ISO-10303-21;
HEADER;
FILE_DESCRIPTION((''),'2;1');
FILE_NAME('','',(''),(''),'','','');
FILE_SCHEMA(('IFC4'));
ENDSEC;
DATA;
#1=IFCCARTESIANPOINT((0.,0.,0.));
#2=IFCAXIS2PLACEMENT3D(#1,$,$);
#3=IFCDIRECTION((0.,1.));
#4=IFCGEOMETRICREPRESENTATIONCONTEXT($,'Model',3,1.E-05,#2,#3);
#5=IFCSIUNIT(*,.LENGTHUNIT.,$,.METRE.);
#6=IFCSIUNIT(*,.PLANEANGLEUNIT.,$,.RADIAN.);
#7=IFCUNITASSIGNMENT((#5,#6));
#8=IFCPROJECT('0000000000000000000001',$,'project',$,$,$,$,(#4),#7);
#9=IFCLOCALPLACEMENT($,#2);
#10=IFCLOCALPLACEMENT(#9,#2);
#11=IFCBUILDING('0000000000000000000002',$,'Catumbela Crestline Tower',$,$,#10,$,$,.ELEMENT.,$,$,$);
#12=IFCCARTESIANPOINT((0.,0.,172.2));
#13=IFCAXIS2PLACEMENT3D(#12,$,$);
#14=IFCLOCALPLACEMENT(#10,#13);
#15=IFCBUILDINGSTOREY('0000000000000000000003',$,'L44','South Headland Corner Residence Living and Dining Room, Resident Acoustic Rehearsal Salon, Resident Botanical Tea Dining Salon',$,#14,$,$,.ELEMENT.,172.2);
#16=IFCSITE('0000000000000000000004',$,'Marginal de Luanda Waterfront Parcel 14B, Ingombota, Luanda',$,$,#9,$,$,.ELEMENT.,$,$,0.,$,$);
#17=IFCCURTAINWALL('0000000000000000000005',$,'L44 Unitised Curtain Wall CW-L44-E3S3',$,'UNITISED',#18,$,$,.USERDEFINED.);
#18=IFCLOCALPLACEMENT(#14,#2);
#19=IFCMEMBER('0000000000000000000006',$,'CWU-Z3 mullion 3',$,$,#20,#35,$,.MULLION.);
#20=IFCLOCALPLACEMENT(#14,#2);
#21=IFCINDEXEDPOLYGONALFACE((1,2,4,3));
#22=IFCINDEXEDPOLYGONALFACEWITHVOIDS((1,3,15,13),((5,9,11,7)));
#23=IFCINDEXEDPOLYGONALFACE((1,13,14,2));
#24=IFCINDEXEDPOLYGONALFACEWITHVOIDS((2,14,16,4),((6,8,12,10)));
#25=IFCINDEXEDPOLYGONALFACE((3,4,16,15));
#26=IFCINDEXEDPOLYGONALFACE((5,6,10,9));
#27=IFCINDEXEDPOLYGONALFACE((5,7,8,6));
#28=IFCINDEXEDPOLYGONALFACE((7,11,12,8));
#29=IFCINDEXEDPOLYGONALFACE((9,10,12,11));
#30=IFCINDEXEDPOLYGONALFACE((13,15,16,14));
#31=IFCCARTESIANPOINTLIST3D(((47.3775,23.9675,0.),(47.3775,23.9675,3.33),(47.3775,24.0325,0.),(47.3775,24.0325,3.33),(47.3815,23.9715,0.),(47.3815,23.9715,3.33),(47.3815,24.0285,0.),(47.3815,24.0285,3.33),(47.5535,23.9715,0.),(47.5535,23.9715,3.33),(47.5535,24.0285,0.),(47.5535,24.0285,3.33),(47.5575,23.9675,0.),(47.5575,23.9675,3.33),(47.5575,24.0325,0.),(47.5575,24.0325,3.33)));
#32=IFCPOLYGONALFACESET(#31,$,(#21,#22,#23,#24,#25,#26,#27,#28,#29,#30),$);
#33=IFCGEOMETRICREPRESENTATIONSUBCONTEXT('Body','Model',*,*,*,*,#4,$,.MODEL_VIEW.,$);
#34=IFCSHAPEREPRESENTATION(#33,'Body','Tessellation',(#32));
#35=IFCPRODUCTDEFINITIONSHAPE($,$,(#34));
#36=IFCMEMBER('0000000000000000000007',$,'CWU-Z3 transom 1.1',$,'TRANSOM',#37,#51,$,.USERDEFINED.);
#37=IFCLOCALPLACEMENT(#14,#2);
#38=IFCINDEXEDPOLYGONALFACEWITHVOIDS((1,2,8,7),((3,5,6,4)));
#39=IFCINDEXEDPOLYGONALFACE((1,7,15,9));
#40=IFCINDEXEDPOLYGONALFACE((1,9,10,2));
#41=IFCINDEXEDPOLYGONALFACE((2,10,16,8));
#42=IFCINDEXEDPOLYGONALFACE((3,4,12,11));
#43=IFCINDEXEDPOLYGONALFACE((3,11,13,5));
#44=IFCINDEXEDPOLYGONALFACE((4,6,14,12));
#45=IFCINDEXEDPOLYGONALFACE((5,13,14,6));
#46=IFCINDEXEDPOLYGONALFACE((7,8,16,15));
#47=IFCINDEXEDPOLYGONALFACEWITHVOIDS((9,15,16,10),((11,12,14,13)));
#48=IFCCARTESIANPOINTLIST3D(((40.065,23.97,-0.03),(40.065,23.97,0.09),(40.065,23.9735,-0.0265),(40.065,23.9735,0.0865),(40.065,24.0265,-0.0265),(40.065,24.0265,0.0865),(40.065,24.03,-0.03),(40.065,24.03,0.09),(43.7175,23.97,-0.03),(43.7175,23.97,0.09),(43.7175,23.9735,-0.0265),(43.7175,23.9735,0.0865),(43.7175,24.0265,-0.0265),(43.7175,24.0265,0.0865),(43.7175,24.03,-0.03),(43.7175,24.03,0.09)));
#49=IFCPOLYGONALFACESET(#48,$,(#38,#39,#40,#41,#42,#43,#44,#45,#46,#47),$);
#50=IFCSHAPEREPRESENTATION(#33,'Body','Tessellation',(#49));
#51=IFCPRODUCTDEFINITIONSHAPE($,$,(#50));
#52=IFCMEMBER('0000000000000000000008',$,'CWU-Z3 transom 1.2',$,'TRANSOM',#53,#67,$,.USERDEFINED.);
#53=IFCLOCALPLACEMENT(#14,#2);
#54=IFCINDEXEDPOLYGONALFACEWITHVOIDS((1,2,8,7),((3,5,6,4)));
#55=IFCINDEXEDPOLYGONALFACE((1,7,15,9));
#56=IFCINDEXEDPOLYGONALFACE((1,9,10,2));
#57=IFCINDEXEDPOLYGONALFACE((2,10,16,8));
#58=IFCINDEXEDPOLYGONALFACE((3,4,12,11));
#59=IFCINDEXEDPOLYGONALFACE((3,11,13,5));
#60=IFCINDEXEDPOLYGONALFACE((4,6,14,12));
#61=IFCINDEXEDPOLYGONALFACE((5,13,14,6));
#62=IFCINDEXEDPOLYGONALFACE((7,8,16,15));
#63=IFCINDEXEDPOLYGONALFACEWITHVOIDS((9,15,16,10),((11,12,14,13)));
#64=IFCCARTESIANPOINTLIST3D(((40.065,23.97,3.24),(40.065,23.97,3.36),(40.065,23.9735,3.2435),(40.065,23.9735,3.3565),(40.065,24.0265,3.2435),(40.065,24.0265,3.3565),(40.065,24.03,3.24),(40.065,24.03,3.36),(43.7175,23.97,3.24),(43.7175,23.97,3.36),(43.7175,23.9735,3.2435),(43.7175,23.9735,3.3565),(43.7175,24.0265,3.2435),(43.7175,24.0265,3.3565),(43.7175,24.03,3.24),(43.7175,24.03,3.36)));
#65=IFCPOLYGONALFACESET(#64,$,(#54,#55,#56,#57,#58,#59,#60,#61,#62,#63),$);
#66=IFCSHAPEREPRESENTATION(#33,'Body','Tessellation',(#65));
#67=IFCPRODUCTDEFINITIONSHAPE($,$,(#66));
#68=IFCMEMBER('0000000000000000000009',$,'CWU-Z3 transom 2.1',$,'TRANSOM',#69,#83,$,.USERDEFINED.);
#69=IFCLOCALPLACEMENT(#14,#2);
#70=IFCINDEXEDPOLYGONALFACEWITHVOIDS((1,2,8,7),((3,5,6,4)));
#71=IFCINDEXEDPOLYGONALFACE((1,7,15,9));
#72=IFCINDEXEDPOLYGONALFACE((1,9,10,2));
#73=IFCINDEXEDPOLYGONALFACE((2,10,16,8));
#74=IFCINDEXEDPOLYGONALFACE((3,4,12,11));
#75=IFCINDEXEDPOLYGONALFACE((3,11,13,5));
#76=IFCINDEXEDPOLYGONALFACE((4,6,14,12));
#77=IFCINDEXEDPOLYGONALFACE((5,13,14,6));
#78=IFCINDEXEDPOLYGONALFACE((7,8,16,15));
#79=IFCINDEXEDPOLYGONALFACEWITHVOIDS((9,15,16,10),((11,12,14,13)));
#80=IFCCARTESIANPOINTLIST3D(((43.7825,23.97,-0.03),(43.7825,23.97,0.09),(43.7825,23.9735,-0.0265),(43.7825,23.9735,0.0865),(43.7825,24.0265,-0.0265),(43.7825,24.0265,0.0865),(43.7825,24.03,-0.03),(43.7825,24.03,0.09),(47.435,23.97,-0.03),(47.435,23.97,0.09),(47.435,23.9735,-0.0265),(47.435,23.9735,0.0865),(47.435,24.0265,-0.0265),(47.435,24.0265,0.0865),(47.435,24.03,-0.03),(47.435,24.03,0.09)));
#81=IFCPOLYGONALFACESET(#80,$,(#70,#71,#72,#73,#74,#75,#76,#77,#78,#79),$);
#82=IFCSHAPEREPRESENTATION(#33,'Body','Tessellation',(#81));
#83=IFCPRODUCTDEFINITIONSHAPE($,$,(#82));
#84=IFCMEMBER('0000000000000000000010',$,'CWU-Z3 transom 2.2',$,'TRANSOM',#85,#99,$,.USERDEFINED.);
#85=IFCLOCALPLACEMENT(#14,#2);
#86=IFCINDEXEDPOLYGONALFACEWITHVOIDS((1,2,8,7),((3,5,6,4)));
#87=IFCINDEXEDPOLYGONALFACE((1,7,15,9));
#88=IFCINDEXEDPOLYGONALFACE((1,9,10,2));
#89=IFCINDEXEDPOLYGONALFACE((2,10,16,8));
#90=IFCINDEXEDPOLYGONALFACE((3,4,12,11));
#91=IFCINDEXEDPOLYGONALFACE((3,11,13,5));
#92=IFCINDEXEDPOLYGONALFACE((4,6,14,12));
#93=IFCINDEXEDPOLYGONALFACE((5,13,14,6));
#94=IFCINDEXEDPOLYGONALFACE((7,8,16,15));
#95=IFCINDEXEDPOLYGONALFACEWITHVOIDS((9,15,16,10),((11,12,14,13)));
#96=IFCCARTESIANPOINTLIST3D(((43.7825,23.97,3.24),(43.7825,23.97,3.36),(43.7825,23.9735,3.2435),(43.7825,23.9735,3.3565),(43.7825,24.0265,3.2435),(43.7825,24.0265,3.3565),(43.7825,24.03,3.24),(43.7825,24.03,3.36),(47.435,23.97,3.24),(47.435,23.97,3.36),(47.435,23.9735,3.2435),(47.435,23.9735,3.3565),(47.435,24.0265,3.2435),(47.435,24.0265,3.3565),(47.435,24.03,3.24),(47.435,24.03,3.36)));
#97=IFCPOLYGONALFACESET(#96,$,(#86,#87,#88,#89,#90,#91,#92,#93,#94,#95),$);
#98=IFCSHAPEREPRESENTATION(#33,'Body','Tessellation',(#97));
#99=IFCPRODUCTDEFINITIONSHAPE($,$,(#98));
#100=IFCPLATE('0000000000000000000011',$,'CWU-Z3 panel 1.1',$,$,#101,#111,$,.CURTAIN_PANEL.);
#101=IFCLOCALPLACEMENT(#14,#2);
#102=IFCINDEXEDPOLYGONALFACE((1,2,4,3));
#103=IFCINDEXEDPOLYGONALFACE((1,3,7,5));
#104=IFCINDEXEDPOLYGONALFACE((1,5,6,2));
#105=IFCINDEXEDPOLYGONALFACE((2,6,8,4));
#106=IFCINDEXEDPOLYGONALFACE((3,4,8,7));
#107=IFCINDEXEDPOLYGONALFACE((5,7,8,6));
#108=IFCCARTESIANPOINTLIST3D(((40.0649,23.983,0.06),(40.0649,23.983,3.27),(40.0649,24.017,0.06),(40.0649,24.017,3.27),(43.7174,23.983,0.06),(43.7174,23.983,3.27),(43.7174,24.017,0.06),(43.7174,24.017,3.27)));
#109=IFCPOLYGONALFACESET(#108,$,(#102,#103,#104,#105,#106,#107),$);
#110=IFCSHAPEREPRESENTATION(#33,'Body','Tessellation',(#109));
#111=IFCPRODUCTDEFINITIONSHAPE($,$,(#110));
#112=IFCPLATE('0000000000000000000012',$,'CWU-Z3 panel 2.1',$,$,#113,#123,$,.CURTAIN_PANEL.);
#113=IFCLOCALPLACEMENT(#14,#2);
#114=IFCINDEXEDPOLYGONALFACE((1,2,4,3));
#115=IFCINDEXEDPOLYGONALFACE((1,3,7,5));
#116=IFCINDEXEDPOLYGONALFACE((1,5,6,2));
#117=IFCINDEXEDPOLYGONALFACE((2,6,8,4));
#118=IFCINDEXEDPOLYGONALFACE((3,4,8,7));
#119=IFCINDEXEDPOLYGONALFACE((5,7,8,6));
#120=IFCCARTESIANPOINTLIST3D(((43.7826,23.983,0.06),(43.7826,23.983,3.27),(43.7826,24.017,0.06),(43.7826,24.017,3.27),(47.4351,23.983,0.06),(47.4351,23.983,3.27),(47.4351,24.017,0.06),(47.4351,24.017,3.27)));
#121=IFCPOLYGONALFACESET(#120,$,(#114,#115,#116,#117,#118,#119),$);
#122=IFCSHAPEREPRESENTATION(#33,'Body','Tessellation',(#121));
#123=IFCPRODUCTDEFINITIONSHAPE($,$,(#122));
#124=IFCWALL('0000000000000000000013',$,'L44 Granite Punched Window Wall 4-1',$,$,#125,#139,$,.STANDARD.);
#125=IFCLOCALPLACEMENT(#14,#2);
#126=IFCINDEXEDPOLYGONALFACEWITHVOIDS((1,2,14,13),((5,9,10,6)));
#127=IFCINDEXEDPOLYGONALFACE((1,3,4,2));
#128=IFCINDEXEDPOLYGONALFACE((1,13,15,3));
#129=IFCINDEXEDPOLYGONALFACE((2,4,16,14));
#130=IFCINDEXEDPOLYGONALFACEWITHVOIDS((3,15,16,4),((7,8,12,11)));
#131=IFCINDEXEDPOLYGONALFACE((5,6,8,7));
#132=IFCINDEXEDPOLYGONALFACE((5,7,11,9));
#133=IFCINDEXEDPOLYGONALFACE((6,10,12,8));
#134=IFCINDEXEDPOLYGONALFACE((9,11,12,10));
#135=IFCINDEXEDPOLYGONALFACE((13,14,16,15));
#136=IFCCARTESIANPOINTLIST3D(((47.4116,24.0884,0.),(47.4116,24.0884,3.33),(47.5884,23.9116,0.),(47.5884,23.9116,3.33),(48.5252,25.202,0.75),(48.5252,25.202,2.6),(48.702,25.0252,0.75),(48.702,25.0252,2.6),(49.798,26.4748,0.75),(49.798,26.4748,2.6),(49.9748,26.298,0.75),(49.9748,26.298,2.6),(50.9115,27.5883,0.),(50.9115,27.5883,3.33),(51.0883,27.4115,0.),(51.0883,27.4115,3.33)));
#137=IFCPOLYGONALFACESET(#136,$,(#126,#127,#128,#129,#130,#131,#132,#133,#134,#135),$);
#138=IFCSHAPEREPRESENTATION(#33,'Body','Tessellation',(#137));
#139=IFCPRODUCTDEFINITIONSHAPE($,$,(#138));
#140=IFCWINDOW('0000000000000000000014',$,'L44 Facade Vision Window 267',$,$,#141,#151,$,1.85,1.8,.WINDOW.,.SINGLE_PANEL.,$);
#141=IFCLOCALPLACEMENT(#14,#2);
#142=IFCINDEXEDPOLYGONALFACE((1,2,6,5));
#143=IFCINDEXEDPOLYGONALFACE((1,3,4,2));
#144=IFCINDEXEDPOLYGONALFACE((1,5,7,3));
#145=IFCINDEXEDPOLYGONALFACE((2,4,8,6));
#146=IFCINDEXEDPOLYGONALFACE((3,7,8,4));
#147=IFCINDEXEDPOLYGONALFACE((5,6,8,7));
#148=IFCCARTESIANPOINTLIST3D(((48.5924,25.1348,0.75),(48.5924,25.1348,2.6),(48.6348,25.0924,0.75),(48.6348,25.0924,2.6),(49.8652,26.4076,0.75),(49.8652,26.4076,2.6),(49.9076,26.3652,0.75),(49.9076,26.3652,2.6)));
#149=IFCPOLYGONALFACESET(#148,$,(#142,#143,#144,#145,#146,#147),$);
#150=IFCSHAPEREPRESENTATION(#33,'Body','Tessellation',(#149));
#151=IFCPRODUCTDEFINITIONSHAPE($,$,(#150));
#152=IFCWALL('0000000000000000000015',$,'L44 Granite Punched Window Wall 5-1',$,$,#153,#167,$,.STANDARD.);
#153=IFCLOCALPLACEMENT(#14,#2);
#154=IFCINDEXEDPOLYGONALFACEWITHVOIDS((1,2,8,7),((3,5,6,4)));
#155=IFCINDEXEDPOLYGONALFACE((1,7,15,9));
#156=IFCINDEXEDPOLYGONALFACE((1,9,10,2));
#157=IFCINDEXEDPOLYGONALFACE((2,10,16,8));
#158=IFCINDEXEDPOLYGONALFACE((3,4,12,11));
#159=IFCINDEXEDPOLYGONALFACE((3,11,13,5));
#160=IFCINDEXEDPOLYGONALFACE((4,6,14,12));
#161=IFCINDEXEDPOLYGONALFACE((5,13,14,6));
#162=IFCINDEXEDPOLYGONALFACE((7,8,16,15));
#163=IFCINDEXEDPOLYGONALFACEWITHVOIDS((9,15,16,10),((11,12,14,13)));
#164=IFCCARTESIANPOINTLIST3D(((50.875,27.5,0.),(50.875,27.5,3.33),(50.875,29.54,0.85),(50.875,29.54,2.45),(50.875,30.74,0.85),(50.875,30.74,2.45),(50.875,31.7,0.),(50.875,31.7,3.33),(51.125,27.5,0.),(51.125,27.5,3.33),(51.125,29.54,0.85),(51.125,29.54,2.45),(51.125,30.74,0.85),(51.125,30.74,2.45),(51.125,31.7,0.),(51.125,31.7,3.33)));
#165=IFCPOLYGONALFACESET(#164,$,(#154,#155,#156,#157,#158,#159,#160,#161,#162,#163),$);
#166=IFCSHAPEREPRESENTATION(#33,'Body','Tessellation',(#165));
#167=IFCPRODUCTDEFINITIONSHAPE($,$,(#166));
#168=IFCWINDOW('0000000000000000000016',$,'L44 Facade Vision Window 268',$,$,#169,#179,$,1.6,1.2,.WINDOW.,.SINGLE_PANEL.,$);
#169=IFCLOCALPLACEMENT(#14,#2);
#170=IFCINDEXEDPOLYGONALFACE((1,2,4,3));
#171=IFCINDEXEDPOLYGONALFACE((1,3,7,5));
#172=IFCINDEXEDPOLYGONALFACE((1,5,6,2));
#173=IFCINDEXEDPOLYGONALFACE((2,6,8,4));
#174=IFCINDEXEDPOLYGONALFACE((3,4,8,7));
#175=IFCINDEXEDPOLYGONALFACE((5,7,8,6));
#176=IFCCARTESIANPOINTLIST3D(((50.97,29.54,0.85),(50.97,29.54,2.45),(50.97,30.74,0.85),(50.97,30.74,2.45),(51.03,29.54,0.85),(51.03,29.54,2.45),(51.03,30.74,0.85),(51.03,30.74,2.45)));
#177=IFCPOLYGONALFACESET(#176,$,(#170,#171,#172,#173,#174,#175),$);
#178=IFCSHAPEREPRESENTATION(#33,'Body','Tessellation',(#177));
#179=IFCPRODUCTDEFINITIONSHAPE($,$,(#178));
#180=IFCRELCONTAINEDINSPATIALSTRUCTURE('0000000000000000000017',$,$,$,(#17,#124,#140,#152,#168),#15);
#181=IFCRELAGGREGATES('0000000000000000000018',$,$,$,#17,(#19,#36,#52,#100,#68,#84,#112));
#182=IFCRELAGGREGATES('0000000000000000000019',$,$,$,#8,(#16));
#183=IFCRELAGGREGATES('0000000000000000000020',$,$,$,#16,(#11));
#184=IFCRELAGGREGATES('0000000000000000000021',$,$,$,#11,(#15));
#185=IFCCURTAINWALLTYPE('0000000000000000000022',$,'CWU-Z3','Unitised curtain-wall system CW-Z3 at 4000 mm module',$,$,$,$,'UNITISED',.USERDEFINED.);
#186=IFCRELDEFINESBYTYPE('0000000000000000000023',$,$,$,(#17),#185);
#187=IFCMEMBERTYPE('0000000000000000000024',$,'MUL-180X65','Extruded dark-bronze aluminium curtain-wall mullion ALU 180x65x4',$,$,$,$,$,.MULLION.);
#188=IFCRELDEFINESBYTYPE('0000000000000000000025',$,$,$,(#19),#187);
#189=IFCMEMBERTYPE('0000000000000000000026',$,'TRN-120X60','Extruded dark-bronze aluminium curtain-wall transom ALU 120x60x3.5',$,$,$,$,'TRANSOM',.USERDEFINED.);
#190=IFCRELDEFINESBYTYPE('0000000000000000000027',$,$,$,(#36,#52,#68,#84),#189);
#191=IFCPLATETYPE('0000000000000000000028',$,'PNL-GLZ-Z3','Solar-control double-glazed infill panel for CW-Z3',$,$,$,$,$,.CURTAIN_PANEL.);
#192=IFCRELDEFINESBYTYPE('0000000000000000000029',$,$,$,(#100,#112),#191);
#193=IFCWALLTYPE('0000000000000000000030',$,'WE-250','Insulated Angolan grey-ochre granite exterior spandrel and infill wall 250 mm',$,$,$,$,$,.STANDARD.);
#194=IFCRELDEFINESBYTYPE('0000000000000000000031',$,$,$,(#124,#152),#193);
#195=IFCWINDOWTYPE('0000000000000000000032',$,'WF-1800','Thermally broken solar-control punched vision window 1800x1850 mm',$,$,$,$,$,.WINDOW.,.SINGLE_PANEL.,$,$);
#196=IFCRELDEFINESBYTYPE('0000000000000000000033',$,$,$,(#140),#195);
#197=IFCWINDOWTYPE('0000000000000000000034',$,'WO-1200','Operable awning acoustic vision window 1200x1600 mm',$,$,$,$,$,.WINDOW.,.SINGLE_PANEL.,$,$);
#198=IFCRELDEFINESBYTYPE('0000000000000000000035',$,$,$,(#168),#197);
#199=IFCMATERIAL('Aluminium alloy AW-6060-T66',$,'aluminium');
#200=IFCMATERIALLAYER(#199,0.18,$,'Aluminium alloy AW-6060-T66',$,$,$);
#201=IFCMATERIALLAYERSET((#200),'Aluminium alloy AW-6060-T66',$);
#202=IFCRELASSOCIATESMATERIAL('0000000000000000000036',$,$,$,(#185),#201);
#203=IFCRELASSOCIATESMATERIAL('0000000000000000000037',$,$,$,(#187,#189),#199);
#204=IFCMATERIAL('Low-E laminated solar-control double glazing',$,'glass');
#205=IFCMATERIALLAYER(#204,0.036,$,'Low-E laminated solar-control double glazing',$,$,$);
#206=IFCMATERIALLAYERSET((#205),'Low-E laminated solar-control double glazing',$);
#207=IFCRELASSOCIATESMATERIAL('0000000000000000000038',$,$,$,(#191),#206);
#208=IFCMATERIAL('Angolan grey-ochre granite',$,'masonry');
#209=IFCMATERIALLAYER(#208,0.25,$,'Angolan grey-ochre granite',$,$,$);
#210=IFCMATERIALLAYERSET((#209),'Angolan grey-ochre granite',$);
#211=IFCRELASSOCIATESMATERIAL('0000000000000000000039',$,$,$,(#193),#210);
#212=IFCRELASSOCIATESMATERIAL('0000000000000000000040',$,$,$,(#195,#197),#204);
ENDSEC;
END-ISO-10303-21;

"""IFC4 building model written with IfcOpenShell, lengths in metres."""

from ifc_helpers import new_model, si_unit, direction, frame, frame_2d, origin, origin_2d, place, context, subcontext, project, spatial, rectangle, hollow_rectangle, extrude, material, layer, layer_set, material_profile, profile_set, type_object, element, fill, aggregate, save


model = new_model("IFC4")

# Units and contexts
model_context = context("Model", 3, precision=1e-05, world=origin(), true_north=direction((0.0, 1.0)))
body_context = subcontext(model_context, "Body", "Model", "MODEL_VIEW")
ifc_project = project(units=[si_unit("LENGTHUNIT", "METRE"), si_unit("PLANEANGLEUNIT", "RADIAN")], contexts=[model_context])

# Site, building, storey
site_placement = place(None, origin())
site = spatial("IfcSite", under=ifc_project, at=site_placement, Name="Marginal de Luanda Waterfront Parcel 14B, Ingombota, Luanda", CompositionType="ELEMENT", RefElevation=0.0)
building_placement = place(site_placement, origin())
building = spatial("IfcBuilding", under=site, at=building_placement, Name="Catumbela Crestline Tower", CompositionType="ELEMENT")
storey_placement = place(building_placement, frame((0.0, 0.0, 172.2)))
storey = spatial("IfcBuildingStorey", under=building, at=storey_placement, Name="L44", Description="South Headland Corner Residence Living and Dining Room, Resident Acoustic Rehearsal Salon, Resident Botanical Tea Dining Salon", CompositionType="ELEMENT", Elevation=172.2)

# Shared definitions
ifc_material_1 = material(Name="Aluminium alloy AW-6060-T66", Category="aluminium")
ifc_layer_1 = layer(ifc_material_1, 0.18, Name="Aluminium alloy AW-6060-T66")
ifc_layer_set_1 = layer_set([ifc_layer_1], Name="Aluminium alloy AW-6060-T66")
curtain_wall_type = type_object("IfcCurtainWallType", Name="CWU-Z3", Description="Unitised curtain-wall system CW-Z3 at 4000 mm module", ElementType="UNITISED", PredefinedType="USERDEFINED", material=ifc_layer_set_1)
ifc_material_profile_1 = material_profile(ifc_material_1, hollow_rectangle(XDim=0.065, YDim=0.18, WallThickness=0.004, at=origin_2d()), Name="ALU 180x65x4")
ifc_profile_set_1 = profile_set([ifc_material_profile_1], Name="Aluminium alloy AW-6060-T66")
member_type_1 = type_object("IfcMemberType", Name="MUL-180X65", Description="Extruded dark-bronze aluminium curtain-wall mullion ALU 180x65x4", PredefinedType="MULLION", material=ifc_profile_set_1)

# Curtain wall, members, plates
curtain_wall_1_placement = place(storey_placement, origin())
curtain_wall_1 = element("IfcCurtainWall", 1, at=curtain_wall_1_placement, inside=storey, type_object=curtain_wall_type, Name="L44 Unitised Curtain Wall CW-L44-E3S3", ObjectType="UNITISED", PredefinedType="USERDEFINED")
member_1_placement = place(storey_placement, frame((47.4675, 24.0, 0.0), z_axis=(0.0, 0.0, 1.0), x_axis=(0.0, 1.0, 0.0)))
member_1 = element("IfcMember", 2, at=member_1_placement, type_object=member_type_1, Name="CWU-Z3 mullion 3", PredefinedType="MULLION", context=body_context, shape_type="SweptSolid", body=[
    extrude(hollow_rectangle(XDim=0.065, YDim=0.18, WallThickness=0.004, at=origin_2d()), origin(), (0.0, 0.0, 1.0), 3.33),
])
ifc_material_profile_2 = material_profile(ifc_material_1, hollow_rectangle(XDim=0.06, YDim=0.12, WallThickness=0.0035, at=origin_2d()), Name="ALU 120x60x3.5")
ifc_profile_set_2 = profile_set([ifc_material_profile_2], Name="Aluminium alloy AW-6060-T66")
member_type_2 = type_object("IfcMemberType", Name="TRN-120X60", Description="Extruded dark-bronze aluminium curtain-wall transom ALU 120x60x3.5", ElementType="TRANSOM", PredefinedType="USERDEFINED", material=ifc_profile_set_2)
member_2_placement = place(storey_placement, frame((40.065, 24.0, 0.03), z_axis=(1.0, 0.0, 0.0), x_axis=(0.0, 1.0, 0.0)))
member_2 = element("IfcMember", 3, at=member_2_placement, type_object=member_type_2, Name="CWU-Z3 transom 1.1", ObjectType="TRANSOM", PredefinedType="USERDEFINED", context=body_context, shape_type="SweptSolid", body=[
    extrude(hollow_rectangle(XDim=0.06, YDim=0.12, WallThickness=0.0035, at=origin_2d()), origin(), (0.0, 0.0, 1.0), 3.6525),
])
member_3_placement = place(storey_placement, frame((40.065, 24.0, 3.3), z_axis=(1.0, 0.0, 0.0), x_axis=(0.0, 1.0, 0.0)))
member_3 = element("IfcMember", 4, at=member_3_placement, type_object=member_type_2, Name="CWU-Z3 transom 1.2", ObjectType="TRANSOM", PredefinedType="USERDEFINED", context=body_context, shape_type="SweptSolid", body=[
    extrude(hollow_rectangle(XDim=0.06, YDim=0.12, WallThickness=0.0035, at=origin_2d()), origin(), (0.0, 0.0, 1.0), 3.6525),
])
member_4_placement = place(storey_placement, frame((43.7825, 24.0, 0.03), z_axis=(1.0, 0.0, 0.0), x_axis=(0.0, 1.0, 0.0)))
member_4 = element("IfcMember", 5, at=member_4_placement, type_object=member_type_2, Name="CWU-Z3 transom 2.1", ObjectType="TRANSOM", PredefinedType="USERDEFINED", context=body_context, shape_type="SweptSolid", body=[
    extrude(hollow_rectangle(XDim=0.06, YDim=0.12, WallThickness=0.0035, at=origin_2d()), origin(), (0.0, 0.0, 1.0), 3.6525),
])
member_5_placement = place(storey_placement, frame((43.7825, 24.0, 3.3), z_axis=(1.0, 0.0, 0.0), x_axis=(0.0, 1.0, 0.0)))
member_5 = element("IfcMember", 6, at=member_5_placement, type_object=member_type_2, Name="CWU-Z3 transom 2.2", ObjectType="TRANSOM", PredefinedType="USERDEFINED", context=body_context, shape_type="SweptSolid", body=[
    extrude(hollow_rectangle(XDim=0.06, YDim=0.12, WallThickness=0.0035, at=origin_2d()), origin(), (0.0, 0.0, 1.0), 3.6525),
])
ifc_material_2 = material(Name="Low-E laminated solar-control double glazing", Category="glass")
ifc_layer_2 = layer(ifc_material_2, 0.036, Name="Low-E laminated solar-control double glazing")
ifc_layer_set_2 = layer_set([ifc_layer_2], Name="Low-E laminated solar-control double glazing")
plate_type = type_object("IfcPlateType", Name="PNL-GLZ-Z3", Description="Solar-control double-glazed infill panel for CW-Z3", PredefinedType="CURTAIN_PANEL", material=ifc_layer_set_2)
plate_1_placement = place(storey_placement, frame((41.8912, 24.0, 0.06), z_axis=(0.0, 0.0, 1.0), x_axis=(1.0, 0.0, 0.0)))
plate_1 = element("IfcPlate", 7, at=plate_1_placement, type_object=plate_type, Name="CWU-Z3 panel 1.1", PredefinedType="CURTAIN_PANEL", context=body_context, shape_type="SweptSolid", body=[
    extrude(rectangle(XDim=3.6525, YDim=0.034, at=origin_2d()), origin(), (0.0, 0.0, 1.0), 3.21),
])
plate_2_placement = place(storey_placement, frame((45.6088, 24.0, 0.06), z_axis=(0.0, 0.0, 1.0), x_axis=(1.0, 0.0, 0.0)))
plate_2 = element("IfcPlate", 8, at=plate_2_placement, type_object=plate_type, Name="CWU-Z3 panel 2.1", PredefinedType="CURTAIN_PANEL", context=body_context, shape_type="SweptSolid", body=[
    extrude(rectangle(XDim=3.6525, YDim=0.034, at=origin_2d()), origin(), (0.0, 0.0, 1.0), 3.21),
])
aggregate(curtain_wall_1, [member_1, member_2, member_3, plate_1, member_4, member_5, plate_2])

# Walls, openings, windows
ifc_material_3 = material(Name="Angolan grey-ochre granite", Category="masonry")
ifc_layer_3 = layer(ifc_material_3, 0.25, Name="Angolan grey-ochre granite")
ifc_layer_set_3 = layer_set([ifc_layer_3], Name="Angolan grey-ochre granite")
wall_type = type_object("IfcWallType", Name="WE-250", Description="Insulated Angolan grey-ochre granite exterior spandrel and infill wall 250 mm", PredefinedType="STANDARD", material=ifc_layer_set_3)
wall_1_placement = place(storey_placement, frame((47.5, 24.0, 0.0), z_axis=(0.0, 0.0, 1.0), x_axis=(0.707107, 0.707107, 0.0)))
wall_1 = element("IfcWall", 9, at=wall_1_placement, inside=storey, type_object=wall_type, Name="L44 Granite Punched Window Wall 4-1", PredefinedType="STANDARD", context=body_context, shape_type="SweptSolid", body=[
    extrude(rectangle(XDim=4.9497, YDim=0.25, at=frame_2d((2.4748, 0.0))), origin(), (0.0, 0.0, 1.0), 3.33),
])
opening_1_placement = place(wall_1_placement, frame((1.5749, 0.0, 0.75)))
opening_1 = element("IfcOpeningElement", 10, at=opening_1_placement, cuts=wall_1, PredefinedType="OPENING", context=body_context, shape_type="SweptSolid", body=[
    extrude(rectangle(XDim=1.8, YDim=1.85, at=frame_2d((0.9, 0.925))), frame((0.0, 0.135, 0.0), z_axis=(0.0, -1.0, 0.0), x_axis=(1.0, 0.0, 0.0)), (0.0, 0.0, 1.0), 0.27),
])
window_type_1 = type_object("IfcWindowType", Name="WF-1800", Description="Thermally broken solar-control punched vision window 1800x1850 mm", PartitioningType="SINGLE_PANEL", PredefinedType="WINDOW", material=ifc_material_2)
window_1_placement = place(opening_1_placement, origin())
window_1 = element("IfcWindow", 11, at=window_1_placement, inside=storey, type_object=window_type_1, Name="L44 Facade Vision Window 267", OverallHeight=1.85, OverallWidth=1.8, PartitioningType="SINGLE_PANEL", PredefinedType="WINDOW", context=body_context, shape_type="SweptSolid", body=[
    extrude(rectangle(XDim=1.8, YDim=1.85, at=frame_2d((0.9, 0.925))), frame((0.0, 0.03, 0.0), z_axis=(0.0, -1.0, 0.0), x_axis=(1.0, 0.0, 0.0)), (0.0, 0.0, 1.0), 0.06),
])
fill(opening_1, window_1)
wall_2_placement = place(storey_placement, frame((51.0, 27.5, 0.0), z_axis=(0.0, 0.0, 1.0), x_axis=(0.0, 1.0, 0.0)))
wall_2 = element("IfcWall", 12, at=wall_2_placement, inside=storey, type_object=wall_type, Name="L44 Granite Punched Window Wall 5-1", PredefinedType="STANDARD", context=body_context, shape_type="SweptSolid", body=[
    extrude(rectangle(XDim=4.2, YDim=0.25, at=frame_2d((2.1, 0.0))), origin(), (0.0, 0.0, 1.0), 3.33),
])
opening_2_placement = place(wall_2_placement, frame((2.04, 0.0, 0.85)))
opening_2 = element("IfcOpeningElement", 13, at=opening_2_placement, cuts=wall_2, PredefinedType="OPENING", context=body_context, shape_type="SweptSolid", body=[
    extrude(rectangle(XDim=1.2, YDim=1.6, at=frame_2d((0.6, 0.8))), frame((0.0, 0.135, 0.0), z_axis=(0.0, -1.0, 0.0), x_axis=(1.0, 0.0, 0.0)), (0.0, 0.0, 1.0), 0.27),
])
window_type_2 = type_object("IfcWindowType", Name="WO-1200", Description="Operable awning acoustic vision window 1200x1600 mm", PartitioningType="SINGLE_PANEL", PredefinedType="WINDOW", material=ifc_material_2)
window_2_placement = place(opening_2_placement, origin())
window_2 = element("IfcWindow", 14, at=window_2_placement, inside=storey, type_object=window_type_2, Name="L44 Facade Vision Window 268", OverallHeight=1.6, OverallWidth=1.2, PartitioningType="SINGLE_PANEL", PredefinedType="WINDOW", context=body_context, shape_type="SweptSolid", body=[
    extrude(rectangle(XDim=1.2, YDim=1.6, at=frame_2d((0.6, 0.8))), frame((0.0, 0.03, 0.0), z_axis=(0.0, -1.0, 0.0), x_axis=(1.0, 0.0, 0.0)), (0.0, 0.0, 1.0), 0.06),
])
fill(opening_2, window_2)

save(model, "model.ifc")
